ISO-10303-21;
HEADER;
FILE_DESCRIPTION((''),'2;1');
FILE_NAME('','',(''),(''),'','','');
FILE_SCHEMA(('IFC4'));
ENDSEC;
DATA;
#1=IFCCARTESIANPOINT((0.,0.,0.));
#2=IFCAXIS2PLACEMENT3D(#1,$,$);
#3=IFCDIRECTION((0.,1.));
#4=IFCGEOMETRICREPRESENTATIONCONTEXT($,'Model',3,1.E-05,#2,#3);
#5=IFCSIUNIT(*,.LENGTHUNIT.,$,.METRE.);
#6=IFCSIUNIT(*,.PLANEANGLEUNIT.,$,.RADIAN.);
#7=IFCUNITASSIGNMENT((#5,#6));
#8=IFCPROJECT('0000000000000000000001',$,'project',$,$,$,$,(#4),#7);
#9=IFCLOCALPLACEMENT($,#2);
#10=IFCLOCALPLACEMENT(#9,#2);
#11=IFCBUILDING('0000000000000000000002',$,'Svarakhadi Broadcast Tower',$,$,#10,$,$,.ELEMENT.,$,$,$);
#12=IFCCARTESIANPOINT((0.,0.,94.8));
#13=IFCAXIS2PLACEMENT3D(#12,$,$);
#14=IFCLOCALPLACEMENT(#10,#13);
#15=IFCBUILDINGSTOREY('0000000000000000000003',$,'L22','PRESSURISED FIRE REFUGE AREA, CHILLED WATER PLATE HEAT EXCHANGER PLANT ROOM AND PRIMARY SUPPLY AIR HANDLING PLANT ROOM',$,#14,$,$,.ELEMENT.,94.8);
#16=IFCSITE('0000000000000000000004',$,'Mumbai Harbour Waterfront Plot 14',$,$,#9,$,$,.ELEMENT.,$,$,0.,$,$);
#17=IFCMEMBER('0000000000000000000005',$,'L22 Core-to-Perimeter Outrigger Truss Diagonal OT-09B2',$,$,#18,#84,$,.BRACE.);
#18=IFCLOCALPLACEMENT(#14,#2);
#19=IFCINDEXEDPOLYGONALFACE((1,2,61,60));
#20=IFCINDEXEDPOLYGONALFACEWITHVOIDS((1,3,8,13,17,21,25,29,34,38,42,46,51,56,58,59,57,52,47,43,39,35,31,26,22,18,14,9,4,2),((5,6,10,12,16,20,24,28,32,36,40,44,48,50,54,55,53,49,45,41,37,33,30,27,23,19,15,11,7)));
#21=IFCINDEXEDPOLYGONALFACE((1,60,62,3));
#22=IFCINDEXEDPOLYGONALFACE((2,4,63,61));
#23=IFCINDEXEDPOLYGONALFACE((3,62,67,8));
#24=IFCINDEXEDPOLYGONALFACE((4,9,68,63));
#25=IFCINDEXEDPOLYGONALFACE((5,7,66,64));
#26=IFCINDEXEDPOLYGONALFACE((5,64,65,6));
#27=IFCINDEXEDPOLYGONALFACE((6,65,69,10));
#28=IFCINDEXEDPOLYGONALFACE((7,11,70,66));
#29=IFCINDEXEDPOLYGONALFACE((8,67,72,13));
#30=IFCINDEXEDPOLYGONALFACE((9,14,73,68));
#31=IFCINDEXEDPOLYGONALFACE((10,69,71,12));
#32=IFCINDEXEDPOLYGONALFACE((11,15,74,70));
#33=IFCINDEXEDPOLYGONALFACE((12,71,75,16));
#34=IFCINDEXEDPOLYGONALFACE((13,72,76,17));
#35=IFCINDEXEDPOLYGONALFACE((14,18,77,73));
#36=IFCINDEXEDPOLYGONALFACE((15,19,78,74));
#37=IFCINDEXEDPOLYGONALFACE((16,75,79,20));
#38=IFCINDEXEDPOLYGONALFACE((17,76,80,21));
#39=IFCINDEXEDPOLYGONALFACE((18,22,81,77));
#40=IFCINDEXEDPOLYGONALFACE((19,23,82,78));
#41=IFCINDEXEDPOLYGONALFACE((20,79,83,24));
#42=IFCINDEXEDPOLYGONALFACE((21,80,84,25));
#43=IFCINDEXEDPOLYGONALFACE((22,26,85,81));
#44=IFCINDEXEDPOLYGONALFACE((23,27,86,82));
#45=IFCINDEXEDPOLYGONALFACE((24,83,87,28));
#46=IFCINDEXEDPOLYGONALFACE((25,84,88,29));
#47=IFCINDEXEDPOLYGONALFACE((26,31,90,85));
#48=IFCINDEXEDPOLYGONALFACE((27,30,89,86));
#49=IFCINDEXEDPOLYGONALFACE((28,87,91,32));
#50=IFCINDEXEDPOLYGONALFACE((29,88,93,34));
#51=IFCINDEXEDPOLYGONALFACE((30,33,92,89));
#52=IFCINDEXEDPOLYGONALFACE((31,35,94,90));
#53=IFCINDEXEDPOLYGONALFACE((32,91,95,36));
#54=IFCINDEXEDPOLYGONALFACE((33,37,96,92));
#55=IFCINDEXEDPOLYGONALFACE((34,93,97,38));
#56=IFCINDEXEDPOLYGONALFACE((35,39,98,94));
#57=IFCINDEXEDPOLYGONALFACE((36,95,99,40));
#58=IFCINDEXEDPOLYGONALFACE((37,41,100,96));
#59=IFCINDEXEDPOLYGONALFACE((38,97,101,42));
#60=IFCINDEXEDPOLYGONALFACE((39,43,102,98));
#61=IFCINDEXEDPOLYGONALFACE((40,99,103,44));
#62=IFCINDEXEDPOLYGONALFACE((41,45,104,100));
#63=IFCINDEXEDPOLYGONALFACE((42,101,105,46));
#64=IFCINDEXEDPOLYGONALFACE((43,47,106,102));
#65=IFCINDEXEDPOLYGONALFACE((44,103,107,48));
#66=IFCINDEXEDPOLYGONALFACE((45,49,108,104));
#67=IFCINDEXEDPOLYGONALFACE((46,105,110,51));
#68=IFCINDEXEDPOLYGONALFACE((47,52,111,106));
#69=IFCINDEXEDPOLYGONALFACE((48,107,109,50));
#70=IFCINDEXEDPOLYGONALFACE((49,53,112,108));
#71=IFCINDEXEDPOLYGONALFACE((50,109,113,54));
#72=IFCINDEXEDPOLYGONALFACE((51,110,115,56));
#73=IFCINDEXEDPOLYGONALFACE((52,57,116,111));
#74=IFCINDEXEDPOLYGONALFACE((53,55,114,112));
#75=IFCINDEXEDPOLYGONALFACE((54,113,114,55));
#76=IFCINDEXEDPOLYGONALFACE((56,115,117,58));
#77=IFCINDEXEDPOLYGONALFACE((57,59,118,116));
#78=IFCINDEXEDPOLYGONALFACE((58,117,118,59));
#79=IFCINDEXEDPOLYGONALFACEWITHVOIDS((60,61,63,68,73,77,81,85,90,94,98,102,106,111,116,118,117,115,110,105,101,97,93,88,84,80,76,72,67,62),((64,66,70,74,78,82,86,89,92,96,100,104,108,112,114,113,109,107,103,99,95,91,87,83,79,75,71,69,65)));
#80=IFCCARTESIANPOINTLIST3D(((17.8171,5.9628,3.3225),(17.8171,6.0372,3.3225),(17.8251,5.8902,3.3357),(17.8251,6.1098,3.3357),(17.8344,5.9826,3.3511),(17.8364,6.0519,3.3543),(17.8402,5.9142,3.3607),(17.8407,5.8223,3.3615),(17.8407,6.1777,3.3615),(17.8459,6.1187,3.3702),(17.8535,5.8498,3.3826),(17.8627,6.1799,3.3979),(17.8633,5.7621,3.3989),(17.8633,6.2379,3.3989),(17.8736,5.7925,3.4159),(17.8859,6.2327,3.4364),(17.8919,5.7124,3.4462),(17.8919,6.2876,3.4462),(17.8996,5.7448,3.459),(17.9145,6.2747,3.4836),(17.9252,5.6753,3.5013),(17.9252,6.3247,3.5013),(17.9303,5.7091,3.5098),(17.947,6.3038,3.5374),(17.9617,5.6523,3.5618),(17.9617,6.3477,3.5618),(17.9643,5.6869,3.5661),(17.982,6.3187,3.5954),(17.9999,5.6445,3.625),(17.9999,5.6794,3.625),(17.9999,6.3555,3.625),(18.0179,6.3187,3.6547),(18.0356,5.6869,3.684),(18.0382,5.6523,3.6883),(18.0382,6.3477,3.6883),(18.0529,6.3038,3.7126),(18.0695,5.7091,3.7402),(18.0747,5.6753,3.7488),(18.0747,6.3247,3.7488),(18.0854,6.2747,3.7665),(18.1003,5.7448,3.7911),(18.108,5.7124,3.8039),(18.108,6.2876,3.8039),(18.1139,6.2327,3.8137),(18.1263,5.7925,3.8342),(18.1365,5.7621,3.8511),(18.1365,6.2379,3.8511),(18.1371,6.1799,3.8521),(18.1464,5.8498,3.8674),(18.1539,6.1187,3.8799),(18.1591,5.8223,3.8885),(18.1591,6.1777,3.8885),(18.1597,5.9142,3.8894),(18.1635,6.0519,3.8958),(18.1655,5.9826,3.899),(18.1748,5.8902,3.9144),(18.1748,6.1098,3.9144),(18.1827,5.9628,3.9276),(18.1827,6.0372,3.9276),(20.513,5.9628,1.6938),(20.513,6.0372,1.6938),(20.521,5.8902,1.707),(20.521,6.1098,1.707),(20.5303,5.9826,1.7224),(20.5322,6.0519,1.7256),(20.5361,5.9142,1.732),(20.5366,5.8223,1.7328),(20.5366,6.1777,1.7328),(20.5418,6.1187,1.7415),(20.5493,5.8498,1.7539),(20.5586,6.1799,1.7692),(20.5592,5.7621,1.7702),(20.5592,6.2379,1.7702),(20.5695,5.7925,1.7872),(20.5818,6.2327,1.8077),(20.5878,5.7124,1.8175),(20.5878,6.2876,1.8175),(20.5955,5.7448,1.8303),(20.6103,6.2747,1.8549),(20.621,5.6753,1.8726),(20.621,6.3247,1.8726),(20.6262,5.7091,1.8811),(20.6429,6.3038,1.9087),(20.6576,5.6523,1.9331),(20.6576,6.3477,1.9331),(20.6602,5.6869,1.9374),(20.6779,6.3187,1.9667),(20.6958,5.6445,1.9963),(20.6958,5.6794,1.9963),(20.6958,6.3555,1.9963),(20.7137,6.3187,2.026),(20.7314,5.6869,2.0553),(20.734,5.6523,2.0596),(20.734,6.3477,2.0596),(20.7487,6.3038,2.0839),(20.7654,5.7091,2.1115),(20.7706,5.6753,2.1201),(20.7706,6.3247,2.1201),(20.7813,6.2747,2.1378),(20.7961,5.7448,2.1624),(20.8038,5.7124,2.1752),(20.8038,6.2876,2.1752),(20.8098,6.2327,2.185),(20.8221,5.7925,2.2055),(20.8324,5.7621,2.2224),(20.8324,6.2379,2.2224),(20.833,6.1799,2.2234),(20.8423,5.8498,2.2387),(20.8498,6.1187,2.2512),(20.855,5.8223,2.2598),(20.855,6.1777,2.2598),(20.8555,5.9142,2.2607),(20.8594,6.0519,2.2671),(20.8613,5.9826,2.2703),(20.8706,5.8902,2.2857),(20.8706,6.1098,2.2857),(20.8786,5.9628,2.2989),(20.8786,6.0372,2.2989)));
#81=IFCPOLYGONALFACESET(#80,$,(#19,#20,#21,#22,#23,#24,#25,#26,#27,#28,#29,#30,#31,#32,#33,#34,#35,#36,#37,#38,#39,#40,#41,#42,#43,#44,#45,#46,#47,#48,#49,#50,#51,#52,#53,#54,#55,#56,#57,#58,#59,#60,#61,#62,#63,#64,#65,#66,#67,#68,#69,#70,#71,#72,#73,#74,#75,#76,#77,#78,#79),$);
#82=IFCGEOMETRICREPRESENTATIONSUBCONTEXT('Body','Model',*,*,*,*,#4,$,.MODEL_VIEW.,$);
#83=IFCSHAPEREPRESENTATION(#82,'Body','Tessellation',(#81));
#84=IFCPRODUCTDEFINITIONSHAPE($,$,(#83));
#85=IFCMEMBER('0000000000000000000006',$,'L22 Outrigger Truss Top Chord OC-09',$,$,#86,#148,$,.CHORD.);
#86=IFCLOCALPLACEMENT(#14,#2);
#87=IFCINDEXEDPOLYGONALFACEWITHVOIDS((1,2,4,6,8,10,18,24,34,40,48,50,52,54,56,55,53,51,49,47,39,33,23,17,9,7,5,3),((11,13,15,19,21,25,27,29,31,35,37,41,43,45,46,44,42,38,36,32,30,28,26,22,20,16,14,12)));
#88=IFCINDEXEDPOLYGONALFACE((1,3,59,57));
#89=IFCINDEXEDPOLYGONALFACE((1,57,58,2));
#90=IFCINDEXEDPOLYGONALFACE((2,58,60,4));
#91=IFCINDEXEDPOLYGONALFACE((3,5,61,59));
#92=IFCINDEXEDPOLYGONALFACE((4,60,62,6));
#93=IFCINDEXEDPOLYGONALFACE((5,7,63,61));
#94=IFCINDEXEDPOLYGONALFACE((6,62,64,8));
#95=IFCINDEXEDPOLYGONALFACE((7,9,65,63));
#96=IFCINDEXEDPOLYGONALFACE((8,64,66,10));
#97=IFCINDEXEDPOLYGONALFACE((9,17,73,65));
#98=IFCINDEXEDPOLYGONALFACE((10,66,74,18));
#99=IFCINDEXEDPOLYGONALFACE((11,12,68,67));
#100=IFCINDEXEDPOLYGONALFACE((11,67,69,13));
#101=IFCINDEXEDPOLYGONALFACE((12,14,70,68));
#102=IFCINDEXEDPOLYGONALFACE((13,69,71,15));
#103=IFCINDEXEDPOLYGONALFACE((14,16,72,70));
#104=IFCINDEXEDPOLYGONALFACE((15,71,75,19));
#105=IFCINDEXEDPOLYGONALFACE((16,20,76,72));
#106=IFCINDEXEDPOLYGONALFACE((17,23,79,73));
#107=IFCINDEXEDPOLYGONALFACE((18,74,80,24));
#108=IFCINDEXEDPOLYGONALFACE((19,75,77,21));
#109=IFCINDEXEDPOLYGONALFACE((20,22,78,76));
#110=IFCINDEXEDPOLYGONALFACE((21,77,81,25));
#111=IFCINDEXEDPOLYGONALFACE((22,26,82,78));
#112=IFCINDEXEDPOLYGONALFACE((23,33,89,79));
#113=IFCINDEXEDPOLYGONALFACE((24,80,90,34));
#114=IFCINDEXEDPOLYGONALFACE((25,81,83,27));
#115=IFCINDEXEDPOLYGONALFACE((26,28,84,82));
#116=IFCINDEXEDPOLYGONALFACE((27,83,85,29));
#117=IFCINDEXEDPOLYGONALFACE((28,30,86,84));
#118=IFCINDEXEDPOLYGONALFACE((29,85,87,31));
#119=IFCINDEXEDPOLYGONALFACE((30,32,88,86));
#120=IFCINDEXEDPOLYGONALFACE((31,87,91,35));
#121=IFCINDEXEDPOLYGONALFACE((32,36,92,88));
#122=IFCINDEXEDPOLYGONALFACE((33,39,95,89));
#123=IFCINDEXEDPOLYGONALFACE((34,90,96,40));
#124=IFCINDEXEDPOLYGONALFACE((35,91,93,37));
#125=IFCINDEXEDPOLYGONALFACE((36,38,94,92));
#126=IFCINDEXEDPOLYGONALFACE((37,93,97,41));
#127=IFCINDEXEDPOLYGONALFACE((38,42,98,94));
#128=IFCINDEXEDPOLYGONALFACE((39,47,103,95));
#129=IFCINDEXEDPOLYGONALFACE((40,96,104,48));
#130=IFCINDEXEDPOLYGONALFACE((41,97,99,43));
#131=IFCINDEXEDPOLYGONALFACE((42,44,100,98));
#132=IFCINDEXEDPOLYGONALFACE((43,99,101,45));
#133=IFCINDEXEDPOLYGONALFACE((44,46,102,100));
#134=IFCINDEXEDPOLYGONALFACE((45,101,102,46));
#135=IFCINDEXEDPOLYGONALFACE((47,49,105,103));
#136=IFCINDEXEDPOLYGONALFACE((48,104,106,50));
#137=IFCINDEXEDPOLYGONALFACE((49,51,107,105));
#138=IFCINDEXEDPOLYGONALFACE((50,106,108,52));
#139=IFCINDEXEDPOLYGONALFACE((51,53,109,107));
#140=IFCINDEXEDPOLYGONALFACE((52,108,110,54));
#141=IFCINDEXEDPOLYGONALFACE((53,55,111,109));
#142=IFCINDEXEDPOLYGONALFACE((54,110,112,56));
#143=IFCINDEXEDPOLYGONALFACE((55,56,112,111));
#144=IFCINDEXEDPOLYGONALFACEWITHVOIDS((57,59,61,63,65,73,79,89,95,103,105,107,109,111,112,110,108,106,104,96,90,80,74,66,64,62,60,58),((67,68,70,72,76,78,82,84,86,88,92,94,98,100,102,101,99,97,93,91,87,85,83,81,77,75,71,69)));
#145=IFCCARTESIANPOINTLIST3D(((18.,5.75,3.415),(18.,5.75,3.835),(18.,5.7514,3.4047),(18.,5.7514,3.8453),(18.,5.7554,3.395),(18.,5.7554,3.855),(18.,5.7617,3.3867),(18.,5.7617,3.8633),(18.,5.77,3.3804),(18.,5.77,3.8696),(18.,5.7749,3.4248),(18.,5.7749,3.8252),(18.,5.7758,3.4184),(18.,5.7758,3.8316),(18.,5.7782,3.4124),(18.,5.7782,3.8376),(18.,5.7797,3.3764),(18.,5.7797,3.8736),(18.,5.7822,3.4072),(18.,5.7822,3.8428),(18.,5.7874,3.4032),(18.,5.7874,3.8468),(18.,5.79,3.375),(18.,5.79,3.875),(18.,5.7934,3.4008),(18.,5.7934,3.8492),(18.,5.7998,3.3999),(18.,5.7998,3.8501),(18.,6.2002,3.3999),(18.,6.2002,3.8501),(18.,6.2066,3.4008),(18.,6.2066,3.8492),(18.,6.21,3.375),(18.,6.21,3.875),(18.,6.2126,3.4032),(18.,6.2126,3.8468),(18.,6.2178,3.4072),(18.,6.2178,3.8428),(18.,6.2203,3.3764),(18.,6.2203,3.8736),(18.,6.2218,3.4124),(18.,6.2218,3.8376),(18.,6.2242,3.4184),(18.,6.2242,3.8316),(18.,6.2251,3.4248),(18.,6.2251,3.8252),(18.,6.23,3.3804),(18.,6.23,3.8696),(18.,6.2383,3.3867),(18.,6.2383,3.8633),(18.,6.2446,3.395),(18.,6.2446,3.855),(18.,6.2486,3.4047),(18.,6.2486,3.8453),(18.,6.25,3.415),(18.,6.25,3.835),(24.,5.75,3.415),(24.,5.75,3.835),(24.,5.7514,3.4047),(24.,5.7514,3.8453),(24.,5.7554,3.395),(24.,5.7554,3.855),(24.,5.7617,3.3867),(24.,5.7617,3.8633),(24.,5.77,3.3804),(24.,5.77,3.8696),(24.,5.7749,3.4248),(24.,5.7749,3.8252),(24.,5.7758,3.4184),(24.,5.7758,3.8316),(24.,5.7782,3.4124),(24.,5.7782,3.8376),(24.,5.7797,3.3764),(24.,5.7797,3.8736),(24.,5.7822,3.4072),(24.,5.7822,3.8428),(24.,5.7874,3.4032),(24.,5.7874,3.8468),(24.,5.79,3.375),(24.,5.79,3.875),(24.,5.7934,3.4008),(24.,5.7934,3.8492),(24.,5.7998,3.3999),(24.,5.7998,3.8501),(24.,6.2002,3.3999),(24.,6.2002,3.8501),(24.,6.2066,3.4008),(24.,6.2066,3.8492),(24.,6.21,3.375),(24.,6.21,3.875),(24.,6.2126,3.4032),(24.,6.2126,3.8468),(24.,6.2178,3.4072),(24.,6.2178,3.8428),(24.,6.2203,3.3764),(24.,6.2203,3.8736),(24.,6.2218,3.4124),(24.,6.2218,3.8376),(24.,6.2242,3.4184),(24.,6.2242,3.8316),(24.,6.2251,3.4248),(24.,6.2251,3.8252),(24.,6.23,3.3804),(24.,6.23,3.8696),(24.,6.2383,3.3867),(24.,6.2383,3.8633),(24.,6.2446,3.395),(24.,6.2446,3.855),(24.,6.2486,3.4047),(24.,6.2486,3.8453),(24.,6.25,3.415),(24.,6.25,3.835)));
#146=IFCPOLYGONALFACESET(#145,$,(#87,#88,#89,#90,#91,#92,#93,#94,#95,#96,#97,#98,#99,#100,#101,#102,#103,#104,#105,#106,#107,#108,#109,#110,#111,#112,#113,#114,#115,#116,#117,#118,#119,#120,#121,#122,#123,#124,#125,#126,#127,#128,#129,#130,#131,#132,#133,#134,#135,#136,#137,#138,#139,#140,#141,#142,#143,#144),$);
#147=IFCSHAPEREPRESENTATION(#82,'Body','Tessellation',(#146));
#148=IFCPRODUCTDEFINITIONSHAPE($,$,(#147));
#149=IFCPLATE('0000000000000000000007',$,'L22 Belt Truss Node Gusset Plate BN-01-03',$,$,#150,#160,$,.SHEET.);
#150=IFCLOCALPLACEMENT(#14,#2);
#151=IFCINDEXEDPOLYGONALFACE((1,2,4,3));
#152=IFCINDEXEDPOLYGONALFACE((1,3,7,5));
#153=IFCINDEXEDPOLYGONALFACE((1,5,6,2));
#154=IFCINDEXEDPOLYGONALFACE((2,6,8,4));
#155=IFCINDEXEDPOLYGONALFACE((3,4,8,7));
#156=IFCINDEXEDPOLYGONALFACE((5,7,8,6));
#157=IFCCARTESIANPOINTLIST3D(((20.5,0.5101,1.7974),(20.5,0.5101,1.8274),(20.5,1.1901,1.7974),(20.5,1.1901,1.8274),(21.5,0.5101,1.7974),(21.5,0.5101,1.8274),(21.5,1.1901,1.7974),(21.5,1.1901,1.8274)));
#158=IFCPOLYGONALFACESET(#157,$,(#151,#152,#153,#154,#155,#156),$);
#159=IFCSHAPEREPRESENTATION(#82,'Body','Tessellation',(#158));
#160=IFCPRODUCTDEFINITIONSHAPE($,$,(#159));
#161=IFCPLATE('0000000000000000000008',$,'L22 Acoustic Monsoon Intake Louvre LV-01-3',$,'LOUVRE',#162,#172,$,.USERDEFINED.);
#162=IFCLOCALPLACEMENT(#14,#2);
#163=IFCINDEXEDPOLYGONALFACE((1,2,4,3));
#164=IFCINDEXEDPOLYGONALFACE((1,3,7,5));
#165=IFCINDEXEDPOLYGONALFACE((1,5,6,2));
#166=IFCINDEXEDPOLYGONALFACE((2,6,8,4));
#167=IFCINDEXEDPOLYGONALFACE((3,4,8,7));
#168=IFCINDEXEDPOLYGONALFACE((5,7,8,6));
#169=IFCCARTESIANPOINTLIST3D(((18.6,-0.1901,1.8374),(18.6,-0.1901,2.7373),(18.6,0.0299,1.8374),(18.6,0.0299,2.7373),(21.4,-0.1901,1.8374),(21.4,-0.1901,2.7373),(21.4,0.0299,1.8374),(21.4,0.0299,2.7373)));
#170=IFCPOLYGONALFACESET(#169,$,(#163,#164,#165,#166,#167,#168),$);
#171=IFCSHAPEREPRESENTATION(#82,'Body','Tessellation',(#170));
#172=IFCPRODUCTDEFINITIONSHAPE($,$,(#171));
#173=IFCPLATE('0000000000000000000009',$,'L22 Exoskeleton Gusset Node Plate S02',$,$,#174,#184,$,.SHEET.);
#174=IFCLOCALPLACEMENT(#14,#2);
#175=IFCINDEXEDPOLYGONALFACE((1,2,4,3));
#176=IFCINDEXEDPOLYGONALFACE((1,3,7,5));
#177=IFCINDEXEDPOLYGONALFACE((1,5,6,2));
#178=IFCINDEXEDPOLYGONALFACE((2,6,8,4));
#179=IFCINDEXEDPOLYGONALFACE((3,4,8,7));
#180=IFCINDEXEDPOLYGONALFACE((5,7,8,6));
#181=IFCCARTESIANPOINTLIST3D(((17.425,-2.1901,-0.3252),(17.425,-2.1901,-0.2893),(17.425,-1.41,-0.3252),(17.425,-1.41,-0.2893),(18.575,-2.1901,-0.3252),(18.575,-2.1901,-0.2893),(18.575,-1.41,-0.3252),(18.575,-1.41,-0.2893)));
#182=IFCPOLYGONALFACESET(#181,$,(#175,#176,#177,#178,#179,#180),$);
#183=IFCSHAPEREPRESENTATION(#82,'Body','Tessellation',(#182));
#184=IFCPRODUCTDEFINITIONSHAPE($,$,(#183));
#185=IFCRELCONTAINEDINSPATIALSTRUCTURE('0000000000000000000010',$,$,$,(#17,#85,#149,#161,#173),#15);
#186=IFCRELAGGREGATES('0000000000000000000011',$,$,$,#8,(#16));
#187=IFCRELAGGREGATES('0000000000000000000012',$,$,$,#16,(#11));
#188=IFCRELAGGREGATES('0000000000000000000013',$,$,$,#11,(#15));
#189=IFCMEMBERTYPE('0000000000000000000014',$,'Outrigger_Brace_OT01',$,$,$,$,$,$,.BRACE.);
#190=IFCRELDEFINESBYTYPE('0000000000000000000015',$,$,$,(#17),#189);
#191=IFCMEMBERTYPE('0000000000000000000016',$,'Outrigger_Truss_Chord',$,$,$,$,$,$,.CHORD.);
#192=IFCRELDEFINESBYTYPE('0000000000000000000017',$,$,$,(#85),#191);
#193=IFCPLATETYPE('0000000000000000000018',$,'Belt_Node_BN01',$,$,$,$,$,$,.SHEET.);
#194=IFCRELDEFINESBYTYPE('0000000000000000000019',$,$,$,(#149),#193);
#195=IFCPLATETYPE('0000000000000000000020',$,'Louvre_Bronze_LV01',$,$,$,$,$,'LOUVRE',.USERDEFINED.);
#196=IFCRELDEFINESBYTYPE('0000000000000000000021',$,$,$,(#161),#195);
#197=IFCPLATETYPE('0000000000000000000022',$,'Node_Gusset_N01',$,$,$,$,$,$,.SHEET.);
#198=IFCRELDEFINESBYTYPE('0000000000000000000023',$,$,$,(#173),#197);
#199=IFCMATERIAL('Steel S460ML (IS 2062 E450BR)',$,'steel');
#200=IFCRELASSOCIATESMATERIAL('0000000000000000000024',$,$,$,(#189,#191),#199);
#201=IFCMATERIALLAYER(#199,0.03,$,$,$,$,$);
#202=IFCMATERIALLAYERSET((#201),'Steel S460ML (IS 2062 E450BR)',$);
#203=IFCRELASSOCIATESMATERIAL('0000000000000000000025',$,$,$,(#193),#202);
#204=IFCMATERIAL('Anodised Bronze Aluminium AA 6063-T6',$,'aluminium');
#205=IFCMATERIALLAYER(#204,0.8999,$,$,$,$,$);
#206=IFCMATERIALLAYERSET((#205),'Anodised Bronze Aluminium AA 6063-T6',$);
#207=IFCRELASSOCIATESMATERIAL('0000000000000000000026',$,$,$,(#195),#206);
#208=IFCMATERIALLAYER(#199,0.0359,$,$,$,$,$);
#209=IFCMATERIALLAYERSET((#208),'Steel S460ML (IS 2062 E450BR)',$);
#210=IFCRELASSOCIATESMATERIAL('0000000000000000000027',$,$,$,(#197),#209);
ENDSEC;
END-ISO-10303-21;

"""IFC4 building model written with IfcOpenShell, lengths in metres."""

from ifc_helpers import new_model, si_unit, direction, frame, origin, origin_2d, place, context, subcontext, project, spatial, rectangle, hollow_rectangle, hollow_circle, extrude, material, layer, layer_set, material_profile, profile_set, type_object, element, save


model = new_model("IFC4")

# Units and contexts
model_context = context("Model", 3, precision=1e-05, world=origin(), true_north=direction((0.0, 1.0)))
body_context = subcontext(model_context, "Body", "Model", "MODEL_VIEW")
ifc_project = project(units=[si_unit("LENGTHUNIT", "METRE"), si_unit("PLANEANGLEUNIT", "RADIAN")], contexts=[model_context])

# Site, building, storey
site_placement = place(None, origin())
site = spatial("IfcSite", under=ifc_project, at=site_placement, Name="Mumbai Harbour Waterfront Plot 14", CompositionType="ELEMENT", RefElevation=0.0)
building_placement = place(site_placement, origin())
building = spatial("IfcBuilding", under=site, at=building_placement, Name="Svarakhadi Broadcast Tower", CompositionType="ELEMENT")
storey_placement = place(building_placement, frame((0.0, 0.0, 94.8)))
storey = spatial("IfcBuildingStorey", under=building, at=storey_placement, Name="L22", Description="PRESSURISED FIRE REFUGE AREA, CHILLED WATER PLATE HEAT EXCHANGER PLANT ROOM AND PRIMARY SUPPLY AIR HANDLING PLANT ROOM", CompositionType="ELEMENT", Elevation=94.8)

# Shared definitions
ifc_material_1 = material(Name="Steel S460ML (IS 2062 E450BR)", Category="steel")

# Members
ifc_material_profile_1 = material_profile(ifc_material_1, hollow_circle(Radius=0.3555, WallThickness=0.0349, at=origin_2d()), Name="CHS 711x35")
ifc_profile_set_1 = profile_set([ifc_material_profile_1], Name="Steel S460ML (IS 2062 E450BR)")
member_type_1 = type_object("IfcMemberType", Name="Outrigger_Brace_OT01", PredefinedType="BRACE", material=ifc_profile_set_1)
member_1_placement = place(storey_placement, frame((20.6958, 6.0, 1.9963), z_axis=(-0.855923, 0.0, 0.517104), x_axis=(0.0, -1.0, 0.0)))
element("IfcMember", 1, at=member_1_placement, inside=storey, type_object=member_type_1, Name="L22 Core-to-Perimeter Outrigger Truss Diagonal OT-09B2", PredefinedType="BRACE", context=body_context, shape_type="SweptSolid", body=[
    extrude(hollow_circle(Radius=0.3555, WallThickness=0.0349, at=origin_2d()), origin(), (0.0, 0.0, 1.0), 3.1497),
])
ifc_material_profile_2 = material_profile(ifc_material_1, hollow_rectangle(XDim=0.5, YDim=0.5, WallThickness=0.0249, InnerFilletRadius=0.0249, OuterFilletRadius=0.04, at=origin_2d()), Name="SHS 500x500x25")
ifc_profile_set_2 = profile_set([ifc_material_profile_2], Name="Steel S460ML (IS 2062 E450BR)")
member_type_2 = type_object("IfcMemberType", Name="Outrigger_Truss_Chord", PredefinedType="CHORD", material=ifc_profile_set_2)
member_2_placement = place(storey_placement, frame((18.0, 6.0, 3.625), z_axis=(1.0, 0.0, 0.0), x_axis=(0.0, 1.0, 0.0)))
element("IfcMember", 2, at=member_2_placement, inside=storey, type_object=member_type_2, Name="L22 Outrigger Truss Top Chord OC-09", PredefinedType="CHORD", context=body_context, shape_type="SweptSolid", body=[
    extrude(hollow_rectangle(XDim=0.5, YDim=0.5, WallThickness=0.0249, InnerFilletRadius=0.0249, OuterFilletRadius=0.04, at=origin_2d()), origin(), (0.0, 0.0, 1.0), 6.0),
])

# Plates
ifc_layer_1 = layer(ifc_material_1, 0.03)
ifc_layer_set_1 = layer_set([ifc_layer_1], Name="Steel S460ML (IS 2062 E450BR)")
plate_type_1 = type_object("IfcPlateType", Name="Belt_Node_BN01", PredefinedType="SHEET", material=ifc_layer_set_1)
plate_1_placement = place(storey_placement, frame((21.0, 0.8501, 1.7974), z_axis=(0.0, 0.0, 1.0), x_axis=(1.0, 0.0, 0.0)))
element("IfcPlate", 3, at=plate_1_placement, inside=storey, type_object=plate_type_1, Name="L22 Belt Truss Node Gusset Plate BN-01-03", PredefinedType="SHEET", context=body_context, shape_type="SweptSolid", body=[
    extrude(rectangle(XDim=1.0, YDim=0.6799, at=origin_2d()), origin(), (0.0, 0.0, 1.0), 0.03),
])
ifc_material_2 = material(Name="Anodised Bronze Aluminium AA 6063-T6", Category="aluminium")
ifc_layer_2 = layer(ifc_material_2, 0.8999)
ifc_layer_set_2 = layer_set([ifc_layer_2], Name="Anodised Bronze Aluminium AA 6063-T6")
plate_type_2 = type_object("IfcPlateType", Name="Louvre_Bronze_LV01", ElementType="LOUVRE", PredefinedType="USERDEFINED", material=ifc_layer_set_2)
plate_2_placement = place(storey_placement, frame((20.0, -0.0801, 1.8374), z_axis=(0.0, 0.0, 1.0), x_axis=(1.0, 0.0, 0.0)))
element("IfcPlate", 4, at=plate_2_placement, inside=storey, type_object=plate_type_2, Name="L22 Acoustic Monsoon Intake Louvre LV-01-3", ObjectType="LOUVRE", PredefinedType="USERDEFINED", context=body_context, shape_type="SweptSolid", body=[
    extrude(rectangle(XDim=2.8, YDim=0.22, at=origin_2d()), origin(), (0.0, 0.0, 1.0), 0.8999),
])
ifc_layer_3 = layer(ifc_material_1, 0.0359)
ifc_layer_set_3 = layer_set([ifc_layer_3], Name="Steel S460ML (IS 2062 E450BR)")
plate_type_3 = type_object("IfcPlateType", Name="Node_Gusset_N01", PredefinedType="SHEET", material=ifc_layer_set_3)
plate_3_placement = place(storey_placement, frame((18.0, -1.8, -0.3252), z_axis=(0.0, 0.0, 1.0), x_axis=(1.0, 0.0, 0.0)))
element("IfcPlate", 5, at=plate_3_placement, inside=storey, type_object=plate_type_3, Name="L22 Exoskeleton Gusset Node Plate S02", PredefinedType="SHEET", context=body_context, shape_type="SweptSolid", body=[
    extrude(rectangle(XDim=1.1499, YDim=0.78, at=origin_2d()), origin(), (0.0, 0.0, 1.0), 0.0359),
])

save(model, "model.ifc")
